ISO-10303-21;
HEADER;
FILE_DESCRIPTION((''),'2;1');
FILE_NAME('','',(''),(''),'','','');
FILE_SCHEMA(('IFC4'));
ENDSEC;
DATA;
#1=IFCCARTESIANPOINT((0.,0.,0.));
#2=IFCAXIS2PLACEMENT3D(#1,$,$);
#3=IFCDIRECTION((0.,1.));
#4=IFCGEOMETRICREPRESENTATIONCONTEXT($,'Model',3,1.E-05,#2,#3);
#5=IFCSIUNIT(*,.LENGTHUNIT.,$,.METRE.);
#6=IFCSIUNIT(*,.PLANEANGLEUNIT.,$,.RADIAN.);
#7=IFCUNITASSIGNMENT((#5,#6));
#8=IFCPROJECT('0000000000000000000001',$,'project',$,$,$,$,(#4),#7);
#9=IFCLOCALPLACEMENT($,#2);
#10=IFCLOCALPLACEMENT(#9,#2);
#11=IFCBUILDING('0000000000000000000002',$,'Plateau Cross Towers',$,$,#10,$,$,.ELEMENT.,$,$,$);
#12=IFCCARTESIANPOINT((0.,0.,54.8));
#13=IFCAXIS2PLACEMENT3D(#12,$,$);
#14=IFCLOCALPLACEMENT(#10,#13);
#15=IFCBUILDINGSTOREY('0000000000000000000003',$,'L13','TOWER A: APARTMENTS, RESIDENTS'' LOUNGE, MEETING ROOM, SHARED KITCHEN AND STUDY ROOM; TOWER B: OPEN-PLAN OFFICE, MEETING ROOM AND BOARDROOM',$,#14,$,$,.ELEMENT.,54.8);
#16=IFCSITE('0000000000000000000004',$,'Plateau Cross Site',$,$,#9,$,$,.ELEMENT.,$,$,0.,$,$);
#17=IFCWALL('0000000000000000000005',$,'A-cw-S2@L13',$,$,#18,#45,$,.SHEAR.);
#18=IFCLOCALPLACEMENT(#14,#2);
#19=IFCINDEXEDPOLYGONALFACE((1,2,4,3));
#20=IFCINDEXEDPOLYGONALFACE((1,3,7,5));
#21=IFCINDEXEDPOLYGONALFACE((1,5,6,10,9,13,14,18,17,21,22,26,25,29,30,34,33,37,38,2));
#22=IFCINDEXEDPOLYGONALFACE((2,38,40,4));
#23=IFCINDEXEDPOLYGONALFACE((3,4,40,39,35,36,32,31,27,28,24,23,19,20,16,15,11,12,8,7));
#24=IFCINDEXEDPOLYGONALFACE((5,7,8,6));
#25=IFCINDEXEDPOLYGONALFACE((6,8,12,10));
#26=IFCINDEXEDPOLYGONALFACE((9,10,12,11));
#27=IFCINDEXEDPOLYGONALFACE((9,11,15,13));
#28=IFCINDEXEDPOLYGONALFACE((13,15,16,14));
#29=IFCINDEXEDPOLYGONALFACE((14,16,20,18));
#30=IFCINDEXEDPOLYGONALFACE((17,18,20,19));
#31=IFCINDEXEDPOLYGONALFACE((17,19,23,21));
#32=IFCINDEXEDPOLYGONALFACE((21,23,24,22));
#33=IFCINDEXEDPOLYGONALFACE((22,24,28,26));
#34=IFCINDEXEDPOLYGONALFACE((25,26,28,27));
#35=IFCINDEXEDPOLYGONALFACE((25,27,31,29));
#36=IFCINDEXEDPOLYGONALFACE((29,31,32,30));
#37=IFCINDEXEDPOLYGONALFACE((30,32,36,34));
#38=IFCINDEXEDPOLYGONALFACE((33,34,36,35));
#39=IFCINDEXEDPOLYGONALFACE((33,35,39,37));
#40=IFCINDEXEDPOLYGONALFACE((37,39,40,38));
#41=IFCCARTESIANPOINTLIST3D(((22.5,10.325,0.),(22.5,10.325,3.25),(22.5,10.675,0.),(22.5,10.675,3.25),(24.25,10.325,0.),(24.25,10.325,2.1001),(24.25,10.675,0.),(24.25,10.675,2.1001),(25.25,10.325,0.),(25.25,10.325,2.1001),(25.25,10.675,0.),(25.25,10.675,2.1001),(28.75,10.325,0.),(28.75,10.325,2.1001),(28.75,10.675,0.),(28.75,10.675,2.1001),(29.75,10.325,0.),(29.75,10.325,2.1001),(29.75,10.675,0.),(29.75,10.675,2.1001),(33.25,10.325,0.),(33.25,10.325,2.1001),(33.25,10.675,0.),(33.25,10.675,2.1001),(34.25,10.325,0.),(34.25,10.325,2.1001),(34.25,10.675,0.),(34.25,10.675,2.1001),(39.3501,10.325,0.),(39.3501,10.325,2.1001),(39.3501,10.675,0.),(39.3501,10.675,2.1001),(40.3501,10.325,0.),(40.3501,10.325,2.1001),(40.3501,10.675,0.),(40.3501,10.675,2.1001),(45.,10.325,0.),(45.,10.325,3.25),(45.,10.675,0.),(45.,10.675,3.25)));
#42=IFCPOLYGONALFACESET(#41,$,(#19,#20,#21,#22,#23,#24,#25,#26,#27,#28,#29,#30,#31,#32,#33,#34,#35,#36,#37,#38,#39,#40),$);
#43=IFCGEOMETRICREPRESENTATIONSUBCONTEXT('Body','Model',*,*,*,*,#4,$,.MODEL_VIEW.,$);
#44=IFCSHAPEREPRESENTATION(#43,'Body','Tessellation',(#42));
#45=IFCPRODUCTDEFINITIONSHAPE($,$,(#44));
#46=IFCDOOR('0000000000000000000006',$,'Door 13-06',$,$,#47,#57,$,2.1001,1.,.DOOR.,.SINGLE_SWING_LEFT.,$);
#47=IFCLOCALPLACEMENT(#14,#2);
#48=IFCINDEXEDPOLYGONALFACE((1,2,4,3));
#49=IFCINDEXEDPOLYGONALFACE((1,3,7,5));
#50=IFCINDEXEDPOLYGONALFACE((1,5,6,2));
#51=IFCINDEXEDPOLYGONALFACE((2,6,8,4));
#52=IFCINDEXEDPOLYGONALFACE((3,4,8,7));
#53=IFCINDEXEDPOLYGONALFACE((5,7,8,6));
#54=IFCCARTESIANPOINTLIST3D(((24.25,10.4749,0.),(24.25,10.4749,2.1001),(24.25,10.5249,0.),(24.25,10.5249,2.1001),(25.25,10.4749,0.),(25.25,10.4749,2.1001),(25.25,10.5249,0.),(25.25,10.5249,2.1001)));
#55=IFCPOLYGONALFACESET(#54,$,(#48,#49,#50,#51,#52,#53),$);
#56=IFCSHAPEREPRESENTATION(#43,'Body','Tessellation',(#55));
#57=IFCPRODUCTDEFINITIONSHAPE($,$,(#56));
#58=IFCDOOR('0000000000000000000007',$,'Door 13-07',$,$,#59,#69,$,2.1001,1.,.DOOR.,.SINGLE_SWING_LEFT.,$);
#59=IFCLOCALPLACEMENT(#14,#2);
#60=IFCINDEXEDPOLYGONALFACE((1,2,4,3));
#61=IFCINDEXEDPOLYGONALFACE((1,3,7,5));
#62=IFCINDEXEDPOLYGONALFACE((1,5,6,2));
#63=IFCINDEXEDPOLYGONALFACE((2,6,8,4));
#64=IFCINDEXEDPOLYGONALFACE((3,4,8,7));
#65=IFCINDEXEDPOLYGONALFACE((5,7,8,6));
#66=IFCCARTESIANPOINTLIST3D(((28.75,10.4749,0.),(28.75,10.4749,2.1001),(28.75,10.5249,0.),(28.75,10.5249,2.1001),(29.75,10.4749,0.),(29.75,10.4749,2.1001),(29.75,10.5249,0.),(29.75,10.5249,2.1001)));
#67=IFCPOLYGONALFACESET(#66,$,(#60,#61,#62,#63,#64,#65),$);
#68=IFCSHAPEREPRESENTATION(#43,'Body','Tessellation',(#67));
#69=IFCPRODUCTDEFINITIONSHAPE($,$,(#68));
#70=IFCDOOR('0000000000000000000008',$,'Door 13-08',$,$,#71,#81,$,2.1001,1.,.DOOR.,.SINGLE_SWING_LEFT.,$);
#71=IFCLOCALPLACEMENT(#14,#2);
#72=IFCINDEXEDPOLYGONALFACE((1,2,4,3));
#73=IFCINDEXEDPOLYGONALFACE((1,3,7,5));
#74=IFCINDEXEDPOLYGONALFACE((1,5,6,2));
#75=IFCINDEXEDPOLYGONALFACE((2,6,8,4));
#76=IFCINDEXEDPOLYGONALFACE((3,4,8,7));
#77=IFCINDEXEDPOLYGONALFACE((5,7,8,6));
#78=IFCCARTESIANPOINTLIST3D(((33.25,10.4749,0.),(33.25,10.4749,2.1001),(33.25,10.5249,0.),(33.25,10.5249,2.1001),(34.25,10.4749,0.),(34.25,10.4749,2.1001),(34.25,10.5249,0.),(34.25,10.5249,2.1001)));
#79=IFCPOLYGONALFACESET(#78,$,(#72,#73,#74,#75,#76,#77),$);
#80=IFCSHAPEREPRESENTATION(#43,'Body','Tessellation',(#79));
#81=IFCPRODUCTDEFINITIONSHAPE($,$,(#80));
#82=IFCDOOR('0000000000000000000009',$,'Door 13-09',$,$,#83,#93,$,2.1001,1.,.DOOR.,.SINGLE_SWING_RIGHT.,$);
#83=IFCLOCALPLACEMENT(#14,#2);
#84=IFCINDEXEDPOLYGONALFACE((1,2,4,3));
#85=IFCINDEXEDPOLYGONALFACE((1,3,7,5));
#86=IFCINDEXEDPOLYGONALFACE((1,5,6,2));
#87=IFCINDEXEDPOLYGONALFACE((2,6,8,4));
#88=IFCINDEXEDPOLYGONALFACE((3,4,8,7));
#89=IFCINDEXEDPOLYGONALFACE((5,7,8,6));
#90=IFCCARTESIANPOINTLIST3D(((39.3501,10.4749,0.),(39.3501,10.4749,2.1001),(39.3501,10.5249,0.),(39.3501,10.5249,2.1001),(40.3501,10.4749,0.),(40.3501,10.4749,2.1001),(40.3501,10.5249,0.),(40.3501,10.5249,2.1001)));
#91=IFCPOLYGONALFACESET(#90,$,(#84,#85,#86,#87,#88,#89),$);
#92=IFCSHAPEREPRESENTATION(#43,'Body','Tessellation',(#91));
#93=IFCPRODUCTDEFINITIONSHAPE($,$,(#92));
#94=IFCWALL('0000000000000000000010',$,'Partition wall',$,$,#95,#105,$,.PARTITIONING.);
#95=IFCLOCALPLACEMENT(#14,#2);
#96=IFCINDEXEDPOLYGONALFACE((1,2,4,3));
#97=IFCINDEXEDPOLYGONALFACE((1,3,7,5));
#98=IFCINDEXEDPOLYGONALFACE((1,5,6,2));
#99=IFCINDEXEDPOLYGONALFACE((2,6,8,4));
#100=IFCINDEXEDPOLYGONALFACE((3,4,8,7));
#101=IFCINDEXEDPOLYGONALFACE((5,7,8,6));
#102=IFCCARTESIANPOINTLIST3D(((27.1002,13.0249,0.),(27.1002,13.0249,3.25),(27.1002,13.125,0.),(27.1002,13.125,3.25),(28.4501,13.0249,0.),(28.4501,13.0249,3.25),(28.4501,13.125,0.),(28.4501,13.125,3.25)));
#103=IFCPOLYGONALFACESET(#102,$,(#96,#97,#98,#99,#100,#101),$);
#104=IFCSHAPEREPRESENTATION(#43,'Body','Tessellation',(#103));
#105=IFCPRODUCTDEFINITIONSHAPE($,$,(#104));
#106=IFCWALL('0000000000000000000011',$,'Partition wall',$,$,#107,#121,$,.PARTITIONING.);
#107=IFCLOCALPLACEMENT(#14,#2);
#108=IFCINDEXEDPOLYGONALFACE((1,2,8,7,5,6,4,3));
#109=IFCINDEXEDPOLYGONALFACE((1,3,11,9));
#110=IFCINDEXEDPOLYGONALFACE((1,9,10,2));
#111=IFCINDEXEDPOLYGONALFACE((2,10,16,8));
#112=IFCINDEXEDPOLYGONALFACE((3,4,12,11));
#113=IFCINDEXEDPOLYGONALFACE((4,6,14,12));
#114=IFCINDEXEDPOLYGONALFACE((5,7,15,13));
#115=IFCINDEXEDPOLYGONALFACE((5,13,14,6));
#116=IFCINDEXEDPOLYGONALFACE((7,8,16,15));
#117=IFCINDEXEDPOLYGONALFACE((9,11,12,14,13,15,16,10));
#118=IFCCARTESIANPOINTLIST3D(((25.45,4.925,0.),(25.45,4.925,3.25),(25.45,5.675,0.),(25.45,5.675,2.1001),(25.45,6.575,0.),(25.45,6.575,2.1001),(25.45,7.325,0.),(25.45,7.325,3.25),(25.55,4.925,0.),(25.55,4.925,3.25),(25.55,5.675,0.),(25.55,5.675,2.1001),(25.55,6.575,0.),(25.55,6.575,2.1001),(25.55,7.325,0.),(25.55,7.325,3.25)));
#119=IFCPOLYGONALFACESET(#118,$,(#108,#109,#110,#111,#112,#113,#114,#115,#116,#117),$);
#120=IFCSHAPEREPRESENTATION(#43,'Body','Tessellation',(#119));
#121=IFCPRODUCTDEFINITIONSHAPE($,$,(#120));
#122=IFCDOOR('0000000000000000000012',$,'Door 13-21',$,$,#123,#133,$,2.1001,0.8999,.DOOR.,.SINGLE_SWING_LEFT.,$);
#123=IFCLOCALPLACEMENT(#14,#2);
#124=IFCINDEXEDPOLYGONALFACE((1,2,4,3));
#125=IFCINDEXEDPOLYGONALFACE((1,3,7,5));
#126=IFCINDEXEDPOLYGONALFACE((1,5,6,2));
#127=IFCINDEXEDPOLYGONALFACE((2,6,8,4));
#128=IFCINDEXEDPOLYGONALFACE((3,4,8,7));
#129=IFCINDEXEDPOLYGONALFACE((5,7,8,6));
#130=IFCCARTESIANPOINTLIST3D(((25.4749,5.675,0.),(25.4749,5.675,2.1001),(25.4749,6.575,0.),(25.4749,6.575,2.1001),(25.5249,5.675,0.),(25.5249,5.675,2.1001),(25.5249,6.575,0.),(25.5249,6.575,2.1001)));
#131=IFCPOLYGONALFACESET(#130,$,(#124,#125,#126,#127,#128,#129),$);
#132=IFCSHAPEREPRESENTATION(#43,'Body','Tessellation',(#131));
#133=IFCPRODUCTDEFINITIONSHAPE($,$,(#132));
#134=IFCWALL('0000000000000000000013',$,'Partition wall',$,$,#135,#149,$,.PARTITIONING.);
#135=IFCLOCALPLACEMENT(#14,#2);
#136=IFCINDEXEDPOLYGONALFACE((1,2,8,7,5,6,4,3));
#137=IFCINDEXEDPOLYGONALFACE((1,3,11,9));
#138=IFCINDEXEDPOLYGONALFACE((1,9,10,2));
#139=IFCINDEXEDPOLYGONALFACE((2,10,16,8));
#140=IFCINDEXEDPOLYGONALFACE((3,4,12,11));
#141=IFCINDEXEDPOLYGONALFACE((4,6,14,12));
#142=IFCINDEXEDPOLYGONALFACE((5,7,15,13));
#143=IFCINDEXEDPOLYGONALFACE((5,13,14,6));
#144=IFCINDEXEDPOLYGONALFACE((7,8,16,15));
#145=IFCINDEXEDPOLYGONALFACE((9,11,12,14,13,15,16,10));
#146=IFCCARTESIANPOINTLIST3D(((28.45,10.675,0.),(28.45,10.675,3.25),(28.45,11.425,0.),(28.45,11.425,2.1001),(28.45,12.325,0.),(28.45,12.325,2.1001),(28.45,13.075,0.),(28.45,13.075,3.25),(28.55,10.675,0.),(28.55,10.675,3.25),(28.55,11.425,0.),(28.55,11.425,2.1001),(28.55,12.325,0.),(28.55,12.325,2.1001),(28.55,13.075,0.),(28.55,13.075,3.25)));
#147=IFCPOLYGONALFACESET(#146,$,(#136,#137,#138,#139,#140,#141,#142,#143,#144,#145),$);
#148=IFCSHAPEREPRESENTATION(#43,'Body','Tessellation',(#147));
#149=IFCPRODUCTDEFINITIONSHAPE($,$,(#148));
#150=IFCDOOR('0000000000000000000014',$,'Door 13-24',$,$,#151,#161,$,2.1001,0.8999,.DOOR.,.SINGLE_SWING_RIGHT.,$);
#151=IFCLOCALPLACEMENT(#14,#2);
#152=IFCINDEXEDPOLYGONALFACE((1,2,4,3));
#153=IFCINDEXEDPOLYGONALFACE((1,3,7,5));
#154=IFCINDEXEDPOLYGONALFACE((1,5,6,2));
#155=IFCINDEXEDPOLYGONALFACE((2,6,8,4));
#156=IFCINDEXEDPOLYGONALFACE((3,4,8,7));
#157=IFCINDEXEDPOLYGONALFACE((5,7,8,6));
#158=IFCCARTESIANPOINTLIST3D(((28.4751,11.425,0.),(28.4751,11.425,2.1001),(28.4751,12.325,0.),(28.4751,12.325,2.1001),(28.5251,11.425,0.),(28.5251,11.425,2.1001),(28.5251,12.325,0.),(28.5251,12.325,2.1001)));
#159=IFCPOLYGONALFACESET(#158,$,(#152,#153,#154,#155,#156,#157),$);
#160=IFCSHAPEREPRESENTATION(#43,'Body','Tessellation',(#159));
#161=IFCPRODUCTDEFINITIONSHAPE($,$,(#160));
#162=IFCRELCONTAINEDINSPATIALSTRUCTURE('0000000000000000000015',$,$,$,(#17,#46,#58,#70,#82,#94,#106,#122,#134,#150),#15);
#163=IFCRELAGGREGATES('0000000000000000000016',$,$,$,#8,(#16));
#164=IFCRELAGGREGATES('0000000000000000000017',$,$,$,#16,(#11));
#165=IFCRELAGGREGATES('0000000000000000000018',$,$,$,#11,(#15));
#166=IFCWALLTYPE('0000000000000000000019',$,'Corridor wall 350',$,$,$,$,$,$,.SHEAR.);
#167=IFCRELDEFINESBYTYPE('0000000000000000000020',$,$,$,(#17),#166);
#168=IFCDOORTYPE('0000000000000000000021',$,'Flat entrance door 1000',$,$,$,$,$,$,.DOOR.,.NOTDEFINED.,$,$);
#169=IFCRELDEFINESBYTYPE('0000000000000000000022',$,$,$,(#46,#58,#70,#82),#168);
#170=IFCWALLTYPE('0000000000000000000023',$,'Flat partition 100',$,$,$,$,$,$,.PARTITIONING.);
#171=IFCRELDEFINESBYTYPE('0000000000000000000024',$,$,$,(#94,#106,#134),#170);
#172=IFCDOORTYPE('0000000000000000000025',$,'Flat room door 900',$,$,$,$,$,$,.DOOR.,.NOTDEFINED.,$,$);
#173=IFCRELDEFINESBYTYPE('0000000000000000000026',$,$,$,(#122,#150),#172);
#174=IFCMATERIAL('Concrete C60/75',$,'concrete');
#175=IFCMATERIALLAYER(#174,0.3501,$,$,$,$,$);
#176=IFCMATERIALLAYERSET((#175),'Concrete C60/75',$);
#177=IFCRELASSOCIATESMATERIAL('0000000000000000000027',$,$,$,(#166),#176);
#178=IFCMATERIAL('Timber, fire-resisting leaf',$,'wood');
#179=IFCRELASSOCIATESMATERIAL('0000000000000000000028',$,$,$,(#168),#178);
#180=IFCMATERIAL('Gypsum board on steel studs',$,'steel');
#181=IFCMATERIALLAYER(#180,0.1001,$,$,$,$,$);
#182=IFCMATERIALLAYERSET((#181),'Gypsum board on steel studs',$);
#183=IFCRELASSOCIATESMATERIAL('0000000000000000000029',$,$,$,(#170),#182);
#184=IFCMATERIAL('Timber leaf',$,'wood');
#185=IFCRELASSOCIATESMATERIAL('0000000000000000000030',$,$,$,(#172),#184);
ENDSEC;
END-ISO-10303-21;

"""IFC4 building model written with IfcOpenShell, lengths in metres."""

from ifc_helpers import new_model, si_unit, direction, frame, frame_2d, origin, place, context, subcontext, project, spatial, rectangle, extrude, material, layer, layer_set, type_object, element, fill, save


model = new_model("IFC4")

# Units and contexts
model_context = context("Model", 3, precision=1e-05, world=origin(), true_north=direction((0.0, 1.0)))
body_context = subcontext(model_context, "Body", "Model", "MODEL_VIEW")
ifc_project = project(units=[si_unit("LENGTHUNIT", "METRE"), si_unit("PLANEANGLEUNIT", "RADIAN")], contexts=[model_context])

# Site, building, storey
site_placement = place(None, origin())
site = spatial("IfcSite", under=ifc_project, at=site_placement, Name="Plateau Cross Site", CompositionType="ELEMENT", RefElevation=0.0)
building_placement = place(site_placement, origin())
building = spatial("IfcBuilding", under=site, at=building_placement, Name="Plateau Cross Towers", CompositionType="ELEMENT")
storey_placement = place(building_placement, frame((0.0, 0.0, 54.8)))
storey = spatial("IfcBuildingStorey", under=building, at=storey_placement, Name="L13", Description="TOWER A: APARTMENTS, RESIDENTS' LOUNGE, MEETING ROOM, SHARED KITCHEN AND STUDY ROOM; TOWER B: OPEN-PLAN OFFICE, MEETING ROOM AND BOARDROOM", CompositionType="ELEMENT", Elevation=54.8)

# Wall, openings, doors
ifc_material_1 = material(Name="Concrete C60/75", Category="concrete")
ifc_layer_1 = layer(ifc_material_1, 0.3501)
ifc_layer_set_1 = layer_set([ifc_layer_1], Name="Concrete C60/75")
wall_type_1 = type_object("IfcWallType", Name="Corridor wall 350", PredefinedType="SHEAR", material=ifc_layer_set_1)
ifc_material_2 = material(Name="Timber, fire-resisting leaf", Category="wood")
door_type_1 = type_object("IfcDoorType", Name="Flat entrance door 1000", OperationType="NOTDEFINED", PredefinedType="DOOR", material=ifc_material_2)
wall_1_placement = place(storey_placement, frame((22.5, 10.5, 0.0), z_axis=(0.0, 0.0, 1.0), x_axis=(1.0, 0.0, 0.0)))
wall_1 = element("IfcWall", 1, at=wall_1_placement, inside=storey, type_object=wall_type_1, Name="A-cw-S2@L13", PredefinedType="SHEAR", context=body_context, shape_type="SweptSolid", body=[
    extrude(rectangle(XDim=22.5, YDim=0.3501, at=frame_2d((11.25, 0.0))), origin(), (0.0, 0.0, 1.0), 3.25),
])
opening_1_placement = place(wall_1_placement, frame((1.75, 0.0, 0.0)))
opening_1 = element("IfcOpeningElement", 2, at=opening_1_placement, cuts=wall_1, PredefinedType="OPENING", context=body_context, shape_type="SweptSolid", body=[
    extrude(rectangle(XDim=1.0, YDim=2.1001, at=frame_2d((0.5, 1.05))), frame((0.0, 0.1851, 0.0), z_axis=(0.0, -1.0, 0.0), x_axis=(1.0, 0.0, 0.0)), (0.0, 0.0, 1.0), 0.3701),
])
opening_2_placement = place(wall_1_placement, frame((6.25, 0.0, 0.0)))
opening_2 = element("IfcOpeningElement", 3, at=opening_2_placement, cuts=wall_1, PredefinedType="OPENING", context=body_context, shape_type="SweptSolid", body=[
    extrude(rectangle(XDim=1.0, YDim=2.1001, at=frame_2d((0.5, 1.05))), frame((0.0, 0.1851, 0.0), z_axis=(0.0, -1.0, 0.0), x_axis=(1.0, 0.0, 0.0)), (0.0, 0.0, 1.0), 0.3701),
])
opening_3_placement = place(wall_1_placement, frame((10.75, 0.0, 0.0)))
opening_3 = element("IfcOpeningElement", 4, at=opening_3_placement, cuts=wall_1, PredefinedType="OPENING", context=body_context, shape_type="SweptSolid", body=[
    extrude(rectangle(XDim=1.0, YDim=2.1001, at=frame_2d((0.5, 1.05))), frame((0.0, 0.1851, 0.0), z_axis=(0.0, -1.0, 0.0), x_axis=(1.0, 0.0, 0.0)), (0.0, 0.0, 1.0), 0.3701),
])
opening_4_placement = place(wall_1_placement, frame((16.8501, 0.0, 0.0)))
opening_4 = element("IfcOpeningElement", 5, at=opening_4_placement, cuts=wall_1, PredefinedType="OPENING", context=body_context, shape_type="SweptSolid", body=[
    extrude(rectangle(XDim=1.0, YDim=2.1001, at=frame_2d((0.5, 1.05))), frame((0.0, 0.1851, 0.0), z_axis=(0.0, -1.0, 0.0), x_axis=(1.0, 0.0, 0.0)), (0.0, 0.0, 1.0), 0.3701),
])
door_1_placement = place(opening_1_placement, origin())
door_1 = element("IfcDoor", 6, at=door_1_placement, inside=storey, type_object=door_type_1, Name="Door 13-06", OperationType="SINGLE_SWING_LEFT", OverallHeight=2.1001, OverallWidth=1.0, PredefinedType="DOOR", context=body_context, shape_type="SweptSolid", body=[
    extrude(rectangle(XDim=1.0, YDim=2.1001, at=frame_2d((0.5, 1.05))), frame((0.0, 0.0249, 0.0), z_axis=(0.0, -1.0, 0.0), x_axis=(1.0, 0.0, 0.0)), (0.0, 0.0, 1.0), 0.05),
])
fill(opening_1, door_1)
door_2_placement = place(opening_2_placement, origin())
door_2 = element("IfcDoor", 7, at=door_2_placement, inside=storey, type_object=door_type_1, Name="Door 13-07", OperationType="SINGLE_SWING_LEFT", OverallHeight=2.1001, OverallWidth=1.0, PredefinedType="DOOR", context=body_context, shape_type="SweptSolid", body=[
    extrude(rectangle(XDim=1.0, YDim=2.1001, at=frame_2d((0.5, 1.05))), frame((0.0, 0.0249, 0.0), z_axis=(0.0, -1.0, 0.0), x_axis=(1.0, 0.0, 0.0)), (0.0, 0.0, 1.0), 0.05),
])
fill(opening_2, door_2)
door_3_placement = place(opening_3_placement, origin())
door_3 = element("IfcDoor", 8, at=door_3_placement, inside=storey, type_object=door_type_1, Name="Door 13-08", OperationType="SINGLE_SWING_LEFT", OverallHeight=2.1001, OverallWidth=1.0, PredefinedType="DOOR", context=body_context, shape_type="SweptSolid", body=[
    extrude(rectangle(XDim=1.0, YDim=2.1001, at=frame_2d((0.5, 1.05))), frame((0.0, 0.0249, 0.0), z_axis=(0.0, -1.0, 0.0), x_axis=(1.0, 0.0, 0.0)), (0.0, 0.0, 1.0), 0.05),
])
fill(opening_3, door_3)
door_4_placement = place(opening_4_placement, origin())
door_4 = element("IfcDoor", 9, at=door_4_placement, inside=storey, type_object=door_type_1, Name="Door 13-09", OperationType="SINGLE_SWING_RIGHT", OverallHeight=2.1001, OverallWidth=1.0, PredefinedType="DOOR", context=body_context, shape_type="SweptSolid", body=[
    extrude(rectangle(XDim=1.0, YDim=2.1001, at=frame_2d((0.5, 1.05))), frame((0.0, 0.0249, 0.0), z_axis=(0.0, -1.0, 0.0), x_axis=(1.0, 0.0, 0.0)), (0.0, 0.0, 1.0), 0.05),
])
fill(opening_4, door_4)

# Wall
ifc_material_3 = material(Name="Gypsum board on steel studs", Category="steel")
ifc_layer_2 = layer(ifc_material_3, 0.1001)
ifc_layer_set_2 = layer_set([ifc_layer_2], Name="Gypsum board on steel studs")
wall_type_2 = type_object("IfcWallType", Name="Flat partition 100", PredefinedType="PARTITIONING", material=ifc_layer_set_2)
wall_2_placement = place(storey_placement, frame((28.45, 13.075, 0.0), z_axis=(0.0, 0.0, 1.0), x_axis=(-1.0, 0.0, 0.0)))
element("IfcWall", 10, at=wall_2_placement, inside=storey, type_object=wall_type_2, Name="Partition wall", PredefinedType="PARTITIONING", context=body_context, shape_type="SweptSolid", body=[
    extrude(rectangle(XDim=1.3499, YDim=0.1001, at=frame_2d((0.6748, 0.0))), origin(), (0.0, 0.0, 1.0), 3.25),
])

# Walls, openings, doors
wall_3_placement = place(storey_placement, frame((25.5, 7.325, 0.0), z_axis=(0.0, 0.0, 1.0), x_axis=(0.0, -1.0, 0.0)))
wall_3 = element("IfcWall", 11, at=wall_3_placement, inside=storey, type_object=wall_type_2, Name="Partition wall", PredefinedType="PARTITIONING", context=body_context, shape_type="SweptSolid", body=[
    extrude(rectangle(XDim=2.3999, YDim=0.1001, at=frame_2d((1.2, 0.0))), origin(), (0.0, 0.0, 1.0), 3.25),
])
opening_5_placement = place(wall_3_placement, frame((0.75, 0.0, 0.0)))
opening_5 = element("IfcOpeningElement", 12, at=opening_5_placement, cuts=wall_3, PredefinedType="OPENING", context=body_context, shape_type="SweptSolid", body=[
    extrude(rectangle(XDim=0.8999, YDim=2.1001, at=frame_2d((0.45, 1.05))), frame((0.0, 0.0601, 0.0), z_axis=(0.0, -1.0, 0.0), x_axis=(1.0, 0.0, 0.0)), (0.0, 0.0, 1.0), 0.1201),
])
ifc_material_4 = material(Name="Timber leaf", Category="wood")
door_type_2 = type_object("IfcDoorType", Name="Flat room door 900", OperationType="NOTDEFINED", PredefinedType="DOOR", material=ifc_material_4)
door_5_placement = place(opening_5_placement, origin())
door_5 = element("IfcDoor", 13, at=door_5_placement, inside=storey, type_object=door_type_2, Name="Door 13-21", OperationType="SINGLE_SWING_LEFT", OverallHeight=2.1001, OverallWidth=0.8999, PredefinedType="DOOR", context=body_context, shape_type="SweptSolid", body=[
    extrude(rectangle(XDim=0.8999, YDim=2.1001, at=frame_2d((0.45, 1.05))), frame((0.0, 0.0249, 0.0), z_axis=(0.0, -1.0, 0.0), x_axis=(1.0, 0.0, 0.0)), (0.0, 0.0, 1.0), 0.05),
])
fill(opening_5, door_5)
wall_4_placement = place(storey_placement, frame((28.5, 10.675, 0.0), z_axis=(0.0, 0.0, 1.0), x_axis=(0.0, 1.0, 0.0)))
wall_4 = element("IfcWall", 14, at=wall_4_placement, inside=storey, type_object=wall_type_2, Name="Partition wall", PredefinedType="PARTITIONING", context=body_context, shape_type="SweptSolid", body=[
    extrude(rectangle(XDim=2.3999, YDim=0.1001, at=frame_2d((1.2, 0.0))), origin(), (0.0, 0.0, 1.0), 3.25),
])
opening_6_placement = place(wall_4_placement, frame((0.75, 0.0, 0.0)))
opening_6 = element("IfcOpeningElement", 15, at=opening_6_placement, cuts=wall_4, PredefinedType="OPENING", context=body_context, shape_type="SweptSolid", body=[
    extrude(rectangle(XDim=0.8999, YDim=2.1001, at=frame_2d((0.45, 1.05))), frame((0.0, 0.0601, 0.0), z_axis=(0.0, -1.0, 0.0), x_axis=(1.0, 0.0, 0.0)), (0.0, 0.0, 1.0), 0.1201),
])
door_6_placement = place(opening_6_placement, origin())
door_6 = element("IfcDoor", 16, at=door_6_placement, inside=storey, type_object=door_type_2, Name="Door 13-24", OperationType="SINGLE_SWING_RIGHT", OverallHeight=2.1001, OverallWidth=0.8999, PredefinedType="DOOR", context=body_context, shape_type="SweptSolid", body=[
    extrude(rectangle(XDim=0.8999, YDim=2.1001, at=frame_2d((0.45, 1.05))), frame((0.0, 0.0249, 0.0), z_axis=(0.0, -1.0, 0.0), x_axis=(1.0, 0.0, 0.0)), (0.0, 0.0, 1.0), 0.05),
])
fill(opening_6, door_6)

save(model, "model.ifc")
